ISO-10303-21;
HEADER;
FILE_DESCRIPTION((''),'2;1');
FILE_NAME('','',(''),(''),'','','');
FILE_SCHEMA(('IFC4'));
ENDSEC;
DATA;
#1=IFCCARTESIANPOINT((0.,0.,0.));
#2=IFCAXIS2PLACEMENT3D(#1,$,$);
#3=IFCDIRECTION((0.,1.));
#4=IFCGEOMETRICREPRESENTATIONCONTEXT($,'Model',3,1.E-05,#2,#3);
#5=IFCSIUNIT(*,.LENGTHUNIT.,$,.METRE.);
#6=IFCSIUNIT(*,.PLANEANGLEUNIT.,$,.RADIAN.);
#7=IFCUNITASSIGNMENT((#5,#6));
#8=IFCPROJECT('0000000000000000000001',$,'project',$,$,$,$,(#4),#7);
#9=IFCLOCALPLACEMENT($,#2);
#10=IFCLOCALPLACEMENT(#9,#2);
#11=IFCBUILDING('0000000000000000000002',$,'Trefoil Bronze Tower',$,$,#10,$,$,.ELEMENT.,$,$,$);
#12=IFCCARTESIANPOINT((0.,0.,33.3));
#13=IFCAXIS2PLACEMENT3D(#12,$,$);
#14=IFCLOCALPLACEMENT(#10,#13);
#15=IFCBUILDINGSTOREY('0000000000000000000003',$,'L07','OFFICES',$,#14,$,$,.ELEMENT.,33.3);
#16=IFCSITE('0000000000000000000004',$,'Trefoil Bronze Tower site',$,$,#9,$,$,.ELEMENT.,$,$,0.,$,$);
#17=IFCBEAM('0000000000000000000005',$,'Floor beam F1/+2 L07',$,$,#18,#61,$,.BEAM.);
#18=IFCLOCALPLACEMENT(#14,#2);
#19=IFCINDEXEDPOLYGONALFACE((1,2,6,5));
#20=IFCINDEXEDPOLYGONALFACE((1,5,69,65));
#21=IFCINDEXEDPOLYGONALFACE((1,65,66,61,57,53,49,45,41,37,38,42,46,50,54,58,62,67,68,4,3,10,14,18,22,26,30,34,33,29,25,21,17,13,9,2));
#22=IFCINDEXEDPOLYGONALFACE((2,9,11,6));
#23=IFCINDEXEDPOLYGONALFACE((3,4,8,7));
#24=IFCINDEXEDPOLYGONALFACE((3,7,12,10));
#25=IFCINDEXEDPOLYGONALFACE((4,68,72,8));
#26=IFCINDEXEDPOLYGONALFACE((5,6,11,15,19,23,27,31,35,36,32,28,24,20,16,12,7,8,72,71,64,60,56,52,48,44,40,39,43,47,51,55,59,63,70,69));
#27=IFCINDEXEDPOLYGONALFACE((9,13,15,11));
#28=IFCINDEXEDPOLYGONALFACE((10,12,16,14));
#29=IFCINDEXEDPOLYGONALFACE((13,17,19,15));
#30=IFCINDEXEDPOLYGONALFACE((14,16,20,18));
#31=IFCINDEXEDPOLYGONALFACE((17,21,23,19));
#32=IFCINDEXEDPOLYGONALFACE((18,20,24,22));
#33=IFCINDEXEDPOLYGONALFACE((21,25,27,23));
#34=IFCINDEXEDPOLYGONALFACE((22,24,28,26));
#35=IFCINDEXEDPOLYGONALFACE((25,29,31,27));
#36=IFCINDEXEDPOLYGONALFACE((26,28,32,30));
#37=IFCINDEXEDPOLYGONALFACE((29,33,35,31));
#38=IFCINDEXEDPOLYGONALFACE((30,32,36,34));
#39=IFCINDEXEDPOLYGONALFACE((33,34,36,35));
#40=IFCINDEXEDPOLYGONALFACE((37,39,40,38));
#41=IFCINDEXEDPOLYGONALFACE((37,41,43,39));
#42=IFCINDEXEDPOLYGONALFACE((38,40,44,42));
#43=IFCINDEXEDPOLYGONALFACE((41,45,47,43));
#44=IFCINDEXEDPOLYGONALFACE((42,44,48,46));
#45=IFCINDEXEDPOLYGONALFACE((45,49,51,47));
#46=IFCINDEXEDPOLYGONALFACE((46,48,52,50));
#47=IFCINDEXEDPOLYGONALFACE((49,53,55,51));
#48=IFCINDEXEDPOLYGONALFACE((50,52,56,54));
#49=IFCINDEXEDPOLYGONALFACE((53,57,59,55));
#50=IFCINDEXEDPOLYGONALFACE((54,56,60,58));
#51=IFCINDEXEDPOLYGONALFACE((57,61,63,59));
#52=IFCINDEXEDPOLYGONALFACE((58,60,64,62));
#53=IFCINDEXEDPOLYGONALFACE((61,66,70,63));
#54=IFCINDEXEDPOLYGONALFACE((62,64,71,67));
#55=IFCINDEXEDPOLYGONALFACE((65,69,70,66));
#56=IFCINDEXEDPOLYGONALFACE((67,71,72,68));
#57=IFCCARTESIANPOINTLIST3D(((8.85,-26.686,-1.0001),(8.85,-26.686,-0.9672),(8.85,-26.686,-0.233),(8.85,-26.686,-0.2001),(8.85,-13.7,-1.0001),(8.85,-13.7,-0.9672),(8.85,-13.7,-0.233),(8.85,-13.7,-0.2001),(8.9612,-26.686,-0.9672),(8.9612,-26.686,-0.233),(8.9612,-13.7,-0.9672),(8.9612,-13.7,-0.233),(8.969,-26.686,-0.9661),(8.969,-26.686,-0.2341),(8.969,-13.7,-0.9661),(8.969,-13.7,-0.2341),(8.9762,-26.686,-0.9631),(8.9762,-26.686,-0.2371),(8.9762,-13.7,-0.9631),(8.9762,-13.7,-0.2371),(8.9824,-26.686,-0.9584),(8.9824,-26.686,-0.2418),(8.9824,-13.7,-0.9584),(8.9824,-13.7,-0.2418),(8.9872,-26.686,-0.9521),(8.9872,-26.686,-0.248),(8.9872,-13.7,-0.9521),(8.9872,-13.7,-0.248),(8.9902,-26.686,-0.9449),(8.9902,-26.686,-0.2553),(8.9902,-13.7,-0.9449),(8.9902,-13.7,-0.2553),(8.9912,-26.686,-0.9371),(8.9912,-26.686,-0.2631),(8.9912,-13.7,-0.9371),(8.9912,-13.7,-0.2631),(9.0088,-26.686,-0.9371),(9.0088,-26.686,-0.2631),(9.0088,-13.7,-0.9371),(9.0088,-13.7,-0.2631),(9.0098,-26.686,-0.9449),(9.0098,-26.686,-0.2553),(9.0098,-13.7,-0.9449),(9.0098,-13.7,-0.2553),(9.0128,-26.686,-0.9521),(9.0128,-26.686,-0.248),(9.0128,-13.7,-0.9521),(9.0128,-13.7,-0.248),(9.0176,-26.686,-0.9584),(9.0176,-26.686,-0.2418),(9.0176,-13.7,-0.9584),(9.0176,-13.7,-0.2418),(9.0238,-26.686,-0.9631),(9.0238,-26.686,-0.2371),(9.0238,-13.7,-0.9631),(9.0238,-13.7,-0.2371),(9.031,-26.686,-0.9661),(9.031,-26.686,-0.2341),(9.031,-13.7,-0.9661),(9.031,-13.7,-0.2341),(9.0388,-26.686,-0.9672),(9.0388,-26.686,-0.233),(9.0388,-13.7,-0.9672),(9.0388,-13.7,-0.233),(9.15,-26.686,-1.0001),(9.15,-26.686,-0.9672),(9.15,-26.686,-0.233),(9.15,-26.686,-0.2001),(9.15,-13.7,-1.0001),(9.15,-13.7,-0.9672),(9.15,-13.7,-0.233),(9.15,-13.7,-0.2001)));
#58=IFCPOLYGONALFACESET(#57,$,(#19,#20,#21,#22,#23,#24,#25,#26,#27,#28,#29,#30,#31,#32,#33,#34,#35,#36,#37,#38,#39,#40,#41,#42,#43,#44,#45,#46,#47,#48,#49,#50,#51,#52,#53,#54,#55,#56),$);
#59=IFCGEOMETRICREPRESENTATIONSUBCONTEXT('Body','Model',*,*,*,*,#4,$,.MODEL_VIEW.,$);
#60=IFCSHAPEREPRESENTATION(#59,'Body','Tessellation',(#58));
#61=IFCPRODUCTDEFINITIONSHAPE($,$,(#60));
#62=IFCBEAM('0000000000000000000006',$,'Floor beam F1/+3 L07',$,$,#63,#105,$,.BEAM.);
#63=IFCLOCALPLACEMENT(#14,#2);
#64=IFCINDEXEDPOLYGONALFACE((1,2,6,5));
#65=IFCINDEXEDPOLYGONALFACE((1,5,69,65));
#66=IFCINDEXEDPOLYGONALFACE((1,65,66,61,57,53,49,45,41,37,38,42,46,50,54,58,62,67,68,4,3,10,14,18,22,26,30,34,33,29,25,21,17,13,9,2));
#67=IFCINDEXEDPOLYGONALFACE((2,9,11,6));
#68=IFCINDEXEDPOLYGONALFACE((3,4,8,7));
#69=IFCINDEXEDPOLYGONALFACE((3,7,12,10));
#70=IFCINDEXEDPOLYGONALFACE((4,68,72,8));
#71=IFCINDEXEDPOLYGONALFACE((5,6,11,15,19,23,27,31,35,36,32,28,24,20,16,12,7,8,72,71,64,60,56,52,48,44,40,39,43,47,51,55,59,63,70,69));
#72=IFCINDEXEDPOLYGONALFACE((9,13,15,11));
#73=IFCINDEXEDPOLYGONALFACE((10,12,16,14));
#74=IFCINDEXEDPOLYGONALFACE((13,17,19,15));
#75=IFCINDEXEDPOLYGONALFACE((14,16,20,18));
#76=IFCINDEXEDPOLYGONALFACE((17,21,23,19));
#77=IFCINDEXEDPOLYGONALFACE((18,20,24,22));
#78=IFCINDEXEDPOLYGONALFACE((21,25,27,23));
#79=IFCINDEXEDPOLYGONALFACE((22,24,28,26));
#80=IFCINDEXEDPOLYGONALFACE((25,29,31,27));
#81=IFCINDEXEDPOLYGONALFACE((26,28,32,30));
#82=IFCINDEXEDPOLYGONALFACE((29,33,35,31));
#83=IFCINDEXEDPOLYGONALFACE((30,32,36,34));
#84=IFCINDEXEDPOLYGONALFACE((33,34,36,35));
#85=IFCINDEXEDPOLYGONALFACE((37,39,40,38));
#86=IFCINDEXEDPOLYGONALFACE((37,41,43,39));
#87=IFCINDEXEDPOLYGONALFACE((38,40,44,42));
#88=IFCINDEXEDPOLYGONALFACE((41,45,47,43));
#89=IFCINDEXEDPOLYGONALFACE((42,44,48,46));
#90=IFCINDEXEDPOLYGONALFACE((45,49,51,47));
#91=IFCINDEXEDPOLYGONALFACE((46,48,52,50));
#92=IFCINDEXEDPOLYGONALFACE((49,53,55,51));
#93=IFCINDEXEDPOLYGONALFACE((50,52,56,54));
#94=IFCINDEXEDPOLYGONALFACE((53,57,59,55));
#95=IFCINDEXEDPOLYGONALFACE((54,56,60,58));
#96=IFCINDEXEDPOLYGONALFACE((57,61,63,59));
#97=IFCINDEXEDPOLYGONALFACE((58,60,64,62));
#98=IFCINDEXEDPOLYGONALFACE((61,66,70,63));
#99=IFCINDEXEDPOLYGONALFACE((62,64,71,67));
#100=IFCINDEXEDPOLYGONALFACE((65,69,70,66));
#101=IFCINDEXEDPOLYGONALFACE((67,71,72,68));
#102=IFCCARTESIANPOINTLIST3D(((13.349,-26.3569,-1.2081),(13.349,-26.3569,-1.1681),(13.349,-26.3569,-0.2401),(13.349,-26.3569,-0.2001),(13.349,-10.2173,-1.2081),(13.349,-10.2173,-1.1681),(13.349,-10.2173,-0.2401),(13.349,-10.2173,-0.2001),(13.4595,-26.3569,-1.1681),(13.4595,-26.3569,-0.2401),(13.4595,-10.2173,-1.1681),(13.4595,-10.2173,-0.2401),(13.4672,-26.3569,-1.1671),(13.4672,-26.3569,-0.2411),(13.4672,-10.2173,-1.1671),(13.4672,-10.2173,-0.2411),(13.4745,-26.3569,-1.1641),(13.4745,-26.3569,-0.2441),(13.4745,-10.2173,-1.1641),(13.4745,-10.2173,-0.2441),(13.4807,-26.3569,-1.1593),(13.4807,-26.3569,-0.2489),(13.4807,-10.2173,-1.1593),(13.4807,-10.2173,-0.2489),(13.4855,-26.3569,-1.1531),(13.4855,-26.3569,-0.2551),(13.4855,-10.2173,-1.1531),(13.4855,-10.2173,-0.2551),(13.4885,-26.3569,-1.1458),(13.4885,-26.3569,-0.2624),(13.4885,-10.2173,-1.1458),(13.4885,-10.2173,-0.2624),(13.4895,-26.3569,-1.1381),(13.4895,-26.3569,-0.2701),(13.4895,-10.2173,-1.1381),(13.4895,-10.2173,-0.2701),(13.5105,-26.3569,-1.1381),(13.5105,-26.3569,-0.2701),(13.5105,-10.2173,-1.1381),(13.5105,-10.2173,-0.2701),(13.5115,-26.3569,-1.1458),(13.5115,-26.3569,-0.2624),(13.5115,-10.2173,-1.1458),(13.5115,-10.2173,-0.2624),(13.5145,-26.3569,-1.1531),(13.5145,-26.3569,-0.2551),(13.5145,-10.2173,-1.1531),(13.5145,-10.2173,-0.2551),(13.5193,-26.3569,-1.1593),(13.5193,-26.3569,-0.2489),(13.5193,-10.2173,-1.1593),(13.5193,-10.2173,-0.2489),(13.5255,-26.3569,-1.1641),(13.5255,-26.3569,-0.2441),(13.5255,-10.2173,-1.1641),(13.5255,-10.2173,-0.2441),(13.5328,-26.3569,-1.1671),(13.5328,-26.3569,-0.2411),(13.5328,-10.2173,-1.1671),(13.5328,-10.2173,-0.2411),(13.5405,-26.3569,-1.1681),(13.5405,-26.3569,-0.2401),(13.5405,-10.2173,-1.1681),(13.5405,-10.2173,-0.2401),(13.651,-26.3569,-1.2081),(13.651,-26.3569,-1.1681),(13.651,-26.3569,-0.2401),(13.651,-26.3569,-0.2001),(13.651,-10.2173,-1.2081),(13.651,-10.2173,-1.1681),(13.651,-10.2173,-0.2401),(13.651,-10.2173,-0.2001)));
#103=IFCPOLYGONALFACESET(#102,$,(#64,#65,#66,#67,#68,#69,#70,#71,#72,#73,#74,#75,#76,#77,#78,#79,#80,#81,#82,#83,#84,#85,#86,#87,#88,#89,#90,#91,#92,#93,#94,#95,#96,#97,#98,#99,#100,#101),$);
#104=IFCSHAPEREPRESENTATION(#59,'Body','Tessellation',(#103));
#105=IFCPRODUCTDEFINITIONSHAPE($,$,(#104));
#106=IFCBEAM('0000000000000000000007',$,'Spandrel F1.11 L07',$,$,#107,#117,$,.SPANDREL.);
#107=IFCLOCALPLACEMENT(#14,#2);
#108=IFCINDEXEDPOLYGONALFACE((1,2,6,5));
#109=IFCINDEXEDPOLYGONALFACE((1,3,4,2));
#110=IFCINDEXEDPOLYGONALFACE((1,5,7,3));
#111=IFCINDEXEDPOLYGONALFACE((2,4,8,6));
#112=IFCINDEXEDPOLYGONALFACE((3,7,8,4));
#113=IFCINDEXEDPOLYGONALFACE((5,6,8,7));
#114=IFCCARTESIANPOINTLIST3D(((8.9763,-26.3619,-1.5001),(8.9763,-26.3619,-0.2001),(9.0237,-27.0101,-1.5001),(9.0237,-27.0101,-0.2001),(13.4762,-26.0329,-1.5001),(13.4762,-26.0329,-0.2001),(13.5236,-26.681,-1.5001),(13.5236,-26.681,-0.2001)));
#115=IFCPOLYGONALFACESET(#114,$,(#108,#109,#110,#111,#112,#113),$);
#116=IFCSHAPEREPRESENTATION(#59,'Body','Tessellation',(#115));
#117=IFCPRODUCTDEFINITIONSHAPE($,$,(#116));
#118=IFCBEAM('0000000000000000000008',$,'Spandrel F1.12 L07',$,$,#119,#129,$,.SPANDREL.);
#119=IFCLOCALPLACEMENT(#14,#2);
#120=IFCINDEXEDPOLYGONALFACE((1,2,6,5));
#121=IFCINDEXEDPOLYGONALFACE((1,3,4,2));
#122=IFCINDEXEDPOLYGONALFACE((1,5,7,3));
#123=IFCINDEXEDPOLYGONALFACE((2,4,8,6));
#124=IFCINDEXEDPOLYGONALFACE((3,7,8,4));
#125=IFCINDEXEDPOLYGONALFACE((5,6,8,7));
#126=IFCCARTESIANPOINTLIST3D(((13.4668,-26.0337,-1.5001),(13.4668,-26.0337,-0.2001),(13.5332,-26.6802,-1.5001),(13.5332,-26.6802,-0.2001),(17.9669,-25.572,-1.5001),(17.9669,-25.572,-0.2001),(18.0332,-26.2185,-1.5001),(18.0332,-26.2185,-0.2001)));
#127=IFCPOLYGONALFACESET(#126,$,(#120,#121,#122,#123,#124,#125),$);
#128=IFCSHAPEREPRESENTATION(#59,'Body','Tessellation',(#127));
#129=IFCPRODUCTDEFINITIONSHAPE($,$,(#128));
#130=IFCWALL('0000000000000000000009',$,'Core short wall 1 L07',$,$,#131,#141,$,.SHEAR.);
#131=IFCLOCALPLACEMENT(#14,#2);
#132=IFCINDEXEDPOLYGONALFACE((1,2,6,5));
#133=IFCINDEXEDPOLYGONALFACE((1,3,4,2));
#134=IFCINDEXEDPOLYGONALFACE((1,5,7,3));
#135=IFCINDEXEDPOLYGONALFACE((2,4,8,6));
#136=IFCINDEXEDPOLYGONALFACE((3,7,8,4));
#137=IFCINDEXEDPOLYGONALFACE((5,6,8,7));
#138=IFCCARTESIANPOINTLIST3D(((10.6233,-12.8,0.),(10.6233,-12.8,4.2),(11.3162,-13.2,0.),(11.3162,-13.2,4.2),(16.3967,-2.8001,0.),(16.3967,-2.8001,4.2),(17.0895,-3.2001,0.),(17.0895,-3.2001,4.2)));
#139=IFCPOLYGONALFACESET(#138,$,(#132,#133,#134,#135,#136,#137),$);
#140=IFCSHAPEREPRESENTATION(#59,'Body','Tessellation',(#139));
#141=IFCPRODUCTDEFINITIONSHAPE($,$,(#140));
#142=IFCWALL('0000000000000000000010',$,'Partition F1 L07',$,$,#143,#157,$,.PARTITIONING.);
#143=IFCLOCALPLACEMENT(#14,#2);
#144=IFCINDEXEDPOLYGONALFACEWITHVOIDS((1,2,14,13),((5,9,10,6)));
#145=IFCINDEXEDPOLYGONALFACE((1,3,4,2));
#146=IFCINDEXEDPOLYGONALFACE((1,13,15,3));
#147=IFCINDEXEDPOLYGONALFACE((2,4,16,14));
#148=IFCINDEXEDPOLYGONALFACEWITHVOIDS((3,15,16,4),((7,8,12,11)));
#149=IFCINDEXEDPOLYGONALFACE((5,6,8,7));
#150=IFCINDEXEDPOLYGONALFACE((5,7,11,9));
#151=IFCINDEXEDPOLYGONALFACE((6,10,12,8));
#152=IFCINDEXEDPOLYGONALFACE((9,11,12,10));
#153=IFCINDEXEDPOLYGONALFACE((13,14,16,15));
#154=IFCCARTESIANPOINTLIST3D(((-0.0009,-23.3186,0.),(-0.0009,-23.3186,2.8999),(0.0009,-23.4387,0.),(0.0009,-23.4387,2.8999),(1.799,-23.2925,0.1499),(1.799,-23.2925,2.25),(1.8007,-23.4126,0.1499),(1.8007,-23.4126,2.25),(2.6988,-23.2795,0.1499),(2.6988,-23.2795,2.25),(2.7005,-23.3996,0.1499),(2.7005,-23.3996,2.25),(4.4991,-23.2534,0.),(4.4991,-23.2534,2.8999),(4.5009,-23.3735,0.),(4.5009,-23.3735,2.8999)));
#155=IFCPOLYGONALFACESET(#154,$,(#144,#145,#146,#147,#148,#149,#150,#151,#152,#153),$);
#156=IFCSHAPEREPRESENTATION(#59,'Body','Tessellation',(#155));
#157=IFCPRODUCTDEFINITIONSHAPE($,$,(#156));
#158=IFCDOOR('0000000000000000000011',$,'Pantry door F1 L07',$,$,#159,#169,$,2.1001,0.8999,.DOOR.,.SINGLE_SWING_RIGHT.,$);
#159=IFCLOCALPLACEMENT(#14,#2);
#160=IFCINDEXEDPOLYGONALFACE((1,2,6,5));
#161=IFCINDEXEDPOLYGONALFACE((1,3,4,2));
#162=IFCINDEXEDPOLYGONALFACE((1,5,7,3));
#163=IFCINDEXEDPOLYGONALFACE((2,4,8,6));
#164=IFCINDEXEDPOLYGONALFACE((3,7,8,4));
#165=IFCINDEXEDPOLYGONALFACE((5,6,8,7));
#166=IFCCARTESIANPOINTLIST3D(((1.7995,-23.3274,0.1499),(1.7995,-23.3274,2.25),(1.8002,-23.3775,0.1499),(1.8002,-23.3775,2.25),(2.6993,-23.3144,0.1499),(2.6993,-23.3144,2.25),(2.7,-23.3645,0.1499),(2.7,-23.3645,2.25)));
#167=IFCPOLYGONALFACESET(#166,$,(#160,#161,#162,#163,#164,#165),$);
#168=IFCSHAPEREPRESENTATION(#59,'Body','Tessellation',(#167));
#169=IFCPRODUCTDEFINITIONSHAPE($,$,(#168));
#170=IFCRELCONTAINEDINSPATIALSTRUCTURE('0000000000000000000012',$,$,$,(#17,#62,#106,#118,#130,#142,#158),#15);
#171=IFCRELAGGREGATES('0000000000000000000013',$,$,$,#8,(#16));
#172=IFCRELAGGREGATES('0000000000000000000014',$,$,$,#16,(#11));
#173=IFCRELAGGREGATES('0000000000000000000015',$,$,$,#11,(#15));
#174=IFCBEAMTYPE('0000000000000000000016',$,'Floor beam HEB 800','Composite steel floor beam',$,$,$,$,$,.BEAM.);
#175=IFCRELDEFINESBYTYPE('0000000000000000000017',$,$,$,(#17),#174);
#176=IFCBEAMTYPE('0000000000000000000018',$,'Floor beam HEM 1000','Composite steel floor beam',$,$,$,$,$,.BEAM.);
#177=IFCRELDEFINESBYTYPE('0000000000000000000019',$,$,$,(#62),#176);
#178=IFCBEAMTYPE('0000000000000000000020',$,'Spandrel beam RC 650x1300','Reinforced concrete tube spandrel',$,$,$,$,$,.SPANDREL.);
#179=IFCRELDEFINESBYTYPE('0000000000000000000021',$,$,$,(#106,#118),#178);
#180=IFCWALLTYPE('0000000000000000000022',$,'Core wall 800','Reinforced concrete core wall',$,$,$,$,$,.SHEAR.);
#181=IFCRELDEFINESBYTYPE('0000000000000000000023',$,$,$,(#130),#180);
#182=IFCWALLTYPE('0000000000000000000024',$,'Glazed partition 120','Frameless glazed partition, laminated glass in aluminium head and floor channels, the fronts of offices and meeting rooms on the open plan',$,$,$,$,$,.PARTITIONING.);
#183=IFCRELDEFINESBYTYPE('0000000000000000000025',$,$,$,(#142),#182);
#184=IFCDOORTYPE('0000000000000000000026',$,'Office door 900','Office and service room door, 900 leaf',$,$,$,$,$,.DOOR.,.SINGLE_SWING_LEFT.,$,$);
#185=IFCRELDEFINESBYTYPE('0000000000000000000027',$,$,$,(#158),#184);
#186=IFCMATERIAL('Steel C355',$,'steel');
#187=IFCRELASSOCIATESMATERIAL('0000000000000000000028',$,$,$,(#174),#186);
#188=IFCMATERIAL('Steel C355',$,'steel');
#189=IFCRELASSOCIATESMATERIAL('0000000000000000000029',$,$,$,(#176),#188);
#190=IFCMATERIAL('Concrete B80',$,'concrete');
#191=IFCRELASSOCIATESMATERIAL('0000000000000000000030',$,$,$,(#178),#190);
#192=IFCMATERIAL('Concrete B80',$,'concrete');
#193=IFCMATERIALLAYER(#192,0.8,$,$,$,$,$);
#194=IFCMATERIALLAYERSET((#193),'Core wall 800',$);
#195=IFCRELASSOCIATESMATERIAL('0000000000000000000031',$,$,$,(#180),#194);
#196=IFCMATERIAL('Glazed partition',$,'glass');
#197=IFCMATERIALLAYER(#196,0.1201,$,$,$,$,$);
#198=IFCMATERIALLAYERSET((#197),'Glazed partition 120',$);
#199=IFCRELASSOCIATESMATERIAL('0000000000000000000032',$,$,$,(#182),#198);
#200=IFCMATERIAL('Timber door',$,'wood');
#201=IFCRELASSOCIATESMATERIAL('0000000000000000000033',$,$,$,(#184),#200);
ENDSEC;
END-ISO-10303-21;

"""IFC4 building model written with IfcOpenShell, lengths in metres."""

from ifc_helpers import new_model, si_unit, direction, frame, frame_2d, origin, origin_2d, place, context, subcontext, project, spatial, rectangle, i_section, extrude, material, layer, layer_set, material_profile, profile_set, type_object, element, fill, save


model = new_model("IFC4")

# Units and contexts
model_context = context("Model", 3, precision=1e-05, world=origin(), true_north=direction((0.0, 1.0)))
body_context = subcontext(model_context, "Body", "Model", "MODEL_VIEW")
ifc_project = project(units=[si_unit("LENGTHUNIT", "METRE"), si_unit("PLANEANGLEUNIT", "RADIAN")], contexts=[model_context])

# Site, building, storey
site_placement = place(None, origin())
site = spatial("IfcSite", under=ifc_project, at=site_placement, Name="Trefoil Bronze Tower site", CompositionType="ELEMENT", RefElevation=0.0)
building_placement = place(site_placement, origin())
building = spatial("IfcBuilding", under=site, at=building_placement, Name="Trefoil Bronze Tower", CompositionType="ELEMENT")
storey_placement = place(building_placement, frame((0.0, 0.0, 33.3)))
storey = spatial("IfcBuildingStorey", under=building, at=storey_placement, Name="L07", Description="OFFICES", CompositionType="ELEMENT", Elevation=33.3)

# Beams
ifc_material_1 = material(Name="Steel C355", Category="steel")
ifc_material_profile_1 = material_profile(ifc_material_1, i_section(OverallWidth=0.3, OverallDepth=0.8, WebThickness=0.0176, FlangeThickness=0.033, FilletRadius=0.03, at=origin_2d()), Name="HEB 800")
ifc_profile_set_1 = profile_set([ifc_material_profile_1], Name="Steel C355")
beam_type_1 = type_object("IfcBeamType", Name="Floor beam HEB 800", Description="Composite steel floor beam", PredefinedType="BEAM", material=ifc_profile_set_1)
beam_1_placement = place(storey_placement, frame((9.0, -26.686, -0.6001), z_axis=(0.0, 1.0, 0.0), x_axis=(-1.0, 0.0, 0.0)))
element("IfcBeam", 1, at=beam_1_placement, inside=storey, type_object=beam_type_1, Name="Floor beam F1/+2 L07", PredefinedType="BEAM", context=body_context, shape_type="SweptSolid", body=[
    extrude(i_section(OverallWidth=0.3, OverallDepth=0.8, WebThickness=0.0176, FlangeThickness=0.033, FilletRadius=0.03, at=origin_2d()), origin(), (0.0, 0.0, 1.0), 12.9861),
])
ifc_material_2 = material(Name="Steel C355", Category="steel")
ifc_material_profile_2 = material_profile(ifc_material_2, i_section(OverallWidth=0.302, OverallDepth=1.0081, WebThickness=0.021, FlangeThickness=0.04, FilletRadius=0.03, at=origin_2d()), Name="HEM 1000")
ifc_profile_set_2 = profile_set([ifc_material_profile_2], Name="Steel C355")
beam_type_2 = type_object("IfcBeamType", Name="Floor beam HEM 1000", Description="Composite steel floor beam", PredefinedType="BEAM", material=ifc_profile_set_2)
beam_2_placement = place(storey_placement, frame((13.5, -26.3569, -0.7041), z_axis=(0.0, 1.0, 0.0), x_axis=(-1.0, 0.0, 0.0)))
element("IfcBeam", 2, at=beam_2_placement, inside=storey, type_object=beam_type_2, Name="Floor beam F1/+3 L07", PredefinedType="BEAM", context=body_context, shape_type="SweptSolid", body=[
    extrude(i_section(OverallWidth=0.302, OverallDepth=1.0081, WebThickness=0.021, FlangeThickness=0.04, FilletRadius=0.03, at=origin_2d()), origin(), (0.0, 0.0, 1.0), 16.1396),
])
ifc_material_3 = material(Name="Concrete B80", Category="concrete")
ifc_material_profile_3 = material_profile(ifc_material_3, rectangle(XDim=0.6499, YDim=1.3, at=origin_2d()), Name="RC 650x1300")
ifc_profile_set_3 = profile_set([ifc_material_profile_3], Name="Concrete B80")
beam_type_3 = type_object("IfcBeamType", Name="Spandrel beam RC 650x1300", Description="Reinforced concrete tube spandrel", PredefinedType="SPANDREL", material=ifc_profile_set_3)
beam_3_placement = place(storey_placement, frame((9.0, -26.686, -0.8501), z_axis=(0.997336, 0.072939, 0.0), x_axis=(-0.072939, 0.997336, 0.0)))
element("IfcBeam", 3, at=beam_3_placement, inside=storey, type_object=beam_type_3, Name="Spandrel F1.11 L07", PredefinedType="SPANDREL", context=body_context, shape_type="SweptSolid", body=[
    extrude(rectangle(XDim=0.6499, YDim=1.3, at=origin_2d()), origin(), (0.0, 0.0, 1.0), 4.512),
])
beam_4_placement = place(storey_placement, frame((13.5, -26.3569, -0.8501), z_axis=(0.994778, 0.102058, 0.0), x_axis=(-0.102058, 0.994778, 0.0)))
element("IfcBeam", 4, at=beam_4_placement, inside=storey, type_object=beam_type_3, Name="Spandrel F1.12 L07", PredefinedType="SPANDREL", context=body_context, shape_type="SweptSolid", body=[
    extrude(rectangle(XDim=0.6499, YDim=1.3, at=origin_2d()), origin(), (0.0, 0.0, 1.0), 4.5237),
])

# Wall
ifc_material_4 = material(Name="Concrete B80", Category="concrete")
ifc_layer_1 = layer(ifc_material_4, 0.8)
ifc_layer_set_1 = layer_set([ifc_layer_1], Name="Core wall 800")
wall_type_1 = type_object("IfcWallType", Name="Core wall 800", Description="Reinforced concrete core wall", PredefinedType="SHEAR", material=ifc_layer_set_1)
wall_1_placement = place(storey_placement, frame((10.9697, -13.0, 0.0), z_axis=(0.0, 0.0, 1.0), x_axis=(0.499996, 0.866028, 0.0)))
element("IfcWall", 5, at=wall_1_placement, inside=storey, type_object=wall_type_1, Name="Core short wall 1 L07", PredefinedType="SHEAR", context=body_context, shape_type="SweptSolid", body=[
    extrude(rectangle(XDim=11.5469, YDim=0.8, at=frame_2d((5.7734, 0.0))), origin(), (0.0, 0.0, 1.0), 4.2),
])

# Wall, opening, door
ifc_material_5 = material(Name="Glazed partition", Category="glass")
ifc_layer_2 = layer(ifc_material_5, 0.1201)
ifc_layer_set_2 = layer_set([ifc_layer_2], Name="Glazed partition 120")
wall_type_2 = type_object("IfcWallType", Name="Glazed partition 120", Description="Frameless glazed partition, laminated glass in aluminium head and floor channels, the fronts of offices and meeting rooms on the open plan", PredefinedType="PARTITIONING", material=ifc_layer_set_2)
wall_2_placement = place(storey_placement, frame((0.0, -23.3787, 0.0), z_axis=(0.0, 0.0, 1.0), x_axis=(0.999895, 0.014484, 0.0)))
wall_2 = element("IfcWall", 6, at=wall_2_placement, inside=storey, type_object=wall_type_2, Name="Partition F1 L07", PredefinedType="PARTITIONING", context=body_context, shape_type="SweptSolid", body=[
    extrude(rectangle(XDim=4.5005, YDim=0.1201, at=frame_2d((2.2502, 0.0))), origin(), (0.0, 0.0, 1.0), 2.8999),
])
opening_1_placement = place(wall_2_placement, frame((1.8, 0.0, 0.1499)))
opening_1 = element("IfcOpeningElement", 7, at=opening_1_placement, cuts=wall_2, PredefinedType="OPENING", context=body_context, shape_type="SweptSolid", body=[
    extrude(rectangle(XDim=0.8999, YDim=2.1001, at=frame_2d((0.45, 1.05))), frame((0.0, 0.0701, 0.0), z_axis=(0.0, -1.0, 0.0), x_axis=(1.0, 0.0, 0.0)), (0.0, 0.0, 1.0), 0.1401),
])
ifc_material_6 = material(Name="Timber door", Category="wood")
door_type = type_object("IfcDoorType", Name="Office door 900", Description="Office and service room door, 900 leaf", OperationType="SINGLE_SWING_LEFT", PredefinedType="DOOR", material=ifc_material_6)
door_1_placement = place(opening_1_placement, frame((0.8999, 0.0, 0.0), z_axis=(0.0, 0.0, 1.0), x_axis=(-1.0, 0.0, 0.0)))
door_1 = element("IfcDoor", 8, at=door_1_placement, inside=storey, type_object=door_type, Name="Pantry door F1 L07", OperationType="SINGLE_SWING_RIGHT", OverallHeight=2.1001, OverallWidth=0.8999, PredefinedType="DOOR", context=body_context, shape_type="SweptSolid", body=[
    extrude(rectangle(XDim=0.8999, YDim=2.1001, at=frame_2d((0.45, 1.05))), frame((0.0, 0.0249, 0.0), z_axis=(0.0, -1.0, 0.0), x_axis=(1.0, 0.0, 0.0)), (0.0, 0.0, 1.0), 0.05),
])
fill(opening_1, door_1)

save(model, "model.ifc")
